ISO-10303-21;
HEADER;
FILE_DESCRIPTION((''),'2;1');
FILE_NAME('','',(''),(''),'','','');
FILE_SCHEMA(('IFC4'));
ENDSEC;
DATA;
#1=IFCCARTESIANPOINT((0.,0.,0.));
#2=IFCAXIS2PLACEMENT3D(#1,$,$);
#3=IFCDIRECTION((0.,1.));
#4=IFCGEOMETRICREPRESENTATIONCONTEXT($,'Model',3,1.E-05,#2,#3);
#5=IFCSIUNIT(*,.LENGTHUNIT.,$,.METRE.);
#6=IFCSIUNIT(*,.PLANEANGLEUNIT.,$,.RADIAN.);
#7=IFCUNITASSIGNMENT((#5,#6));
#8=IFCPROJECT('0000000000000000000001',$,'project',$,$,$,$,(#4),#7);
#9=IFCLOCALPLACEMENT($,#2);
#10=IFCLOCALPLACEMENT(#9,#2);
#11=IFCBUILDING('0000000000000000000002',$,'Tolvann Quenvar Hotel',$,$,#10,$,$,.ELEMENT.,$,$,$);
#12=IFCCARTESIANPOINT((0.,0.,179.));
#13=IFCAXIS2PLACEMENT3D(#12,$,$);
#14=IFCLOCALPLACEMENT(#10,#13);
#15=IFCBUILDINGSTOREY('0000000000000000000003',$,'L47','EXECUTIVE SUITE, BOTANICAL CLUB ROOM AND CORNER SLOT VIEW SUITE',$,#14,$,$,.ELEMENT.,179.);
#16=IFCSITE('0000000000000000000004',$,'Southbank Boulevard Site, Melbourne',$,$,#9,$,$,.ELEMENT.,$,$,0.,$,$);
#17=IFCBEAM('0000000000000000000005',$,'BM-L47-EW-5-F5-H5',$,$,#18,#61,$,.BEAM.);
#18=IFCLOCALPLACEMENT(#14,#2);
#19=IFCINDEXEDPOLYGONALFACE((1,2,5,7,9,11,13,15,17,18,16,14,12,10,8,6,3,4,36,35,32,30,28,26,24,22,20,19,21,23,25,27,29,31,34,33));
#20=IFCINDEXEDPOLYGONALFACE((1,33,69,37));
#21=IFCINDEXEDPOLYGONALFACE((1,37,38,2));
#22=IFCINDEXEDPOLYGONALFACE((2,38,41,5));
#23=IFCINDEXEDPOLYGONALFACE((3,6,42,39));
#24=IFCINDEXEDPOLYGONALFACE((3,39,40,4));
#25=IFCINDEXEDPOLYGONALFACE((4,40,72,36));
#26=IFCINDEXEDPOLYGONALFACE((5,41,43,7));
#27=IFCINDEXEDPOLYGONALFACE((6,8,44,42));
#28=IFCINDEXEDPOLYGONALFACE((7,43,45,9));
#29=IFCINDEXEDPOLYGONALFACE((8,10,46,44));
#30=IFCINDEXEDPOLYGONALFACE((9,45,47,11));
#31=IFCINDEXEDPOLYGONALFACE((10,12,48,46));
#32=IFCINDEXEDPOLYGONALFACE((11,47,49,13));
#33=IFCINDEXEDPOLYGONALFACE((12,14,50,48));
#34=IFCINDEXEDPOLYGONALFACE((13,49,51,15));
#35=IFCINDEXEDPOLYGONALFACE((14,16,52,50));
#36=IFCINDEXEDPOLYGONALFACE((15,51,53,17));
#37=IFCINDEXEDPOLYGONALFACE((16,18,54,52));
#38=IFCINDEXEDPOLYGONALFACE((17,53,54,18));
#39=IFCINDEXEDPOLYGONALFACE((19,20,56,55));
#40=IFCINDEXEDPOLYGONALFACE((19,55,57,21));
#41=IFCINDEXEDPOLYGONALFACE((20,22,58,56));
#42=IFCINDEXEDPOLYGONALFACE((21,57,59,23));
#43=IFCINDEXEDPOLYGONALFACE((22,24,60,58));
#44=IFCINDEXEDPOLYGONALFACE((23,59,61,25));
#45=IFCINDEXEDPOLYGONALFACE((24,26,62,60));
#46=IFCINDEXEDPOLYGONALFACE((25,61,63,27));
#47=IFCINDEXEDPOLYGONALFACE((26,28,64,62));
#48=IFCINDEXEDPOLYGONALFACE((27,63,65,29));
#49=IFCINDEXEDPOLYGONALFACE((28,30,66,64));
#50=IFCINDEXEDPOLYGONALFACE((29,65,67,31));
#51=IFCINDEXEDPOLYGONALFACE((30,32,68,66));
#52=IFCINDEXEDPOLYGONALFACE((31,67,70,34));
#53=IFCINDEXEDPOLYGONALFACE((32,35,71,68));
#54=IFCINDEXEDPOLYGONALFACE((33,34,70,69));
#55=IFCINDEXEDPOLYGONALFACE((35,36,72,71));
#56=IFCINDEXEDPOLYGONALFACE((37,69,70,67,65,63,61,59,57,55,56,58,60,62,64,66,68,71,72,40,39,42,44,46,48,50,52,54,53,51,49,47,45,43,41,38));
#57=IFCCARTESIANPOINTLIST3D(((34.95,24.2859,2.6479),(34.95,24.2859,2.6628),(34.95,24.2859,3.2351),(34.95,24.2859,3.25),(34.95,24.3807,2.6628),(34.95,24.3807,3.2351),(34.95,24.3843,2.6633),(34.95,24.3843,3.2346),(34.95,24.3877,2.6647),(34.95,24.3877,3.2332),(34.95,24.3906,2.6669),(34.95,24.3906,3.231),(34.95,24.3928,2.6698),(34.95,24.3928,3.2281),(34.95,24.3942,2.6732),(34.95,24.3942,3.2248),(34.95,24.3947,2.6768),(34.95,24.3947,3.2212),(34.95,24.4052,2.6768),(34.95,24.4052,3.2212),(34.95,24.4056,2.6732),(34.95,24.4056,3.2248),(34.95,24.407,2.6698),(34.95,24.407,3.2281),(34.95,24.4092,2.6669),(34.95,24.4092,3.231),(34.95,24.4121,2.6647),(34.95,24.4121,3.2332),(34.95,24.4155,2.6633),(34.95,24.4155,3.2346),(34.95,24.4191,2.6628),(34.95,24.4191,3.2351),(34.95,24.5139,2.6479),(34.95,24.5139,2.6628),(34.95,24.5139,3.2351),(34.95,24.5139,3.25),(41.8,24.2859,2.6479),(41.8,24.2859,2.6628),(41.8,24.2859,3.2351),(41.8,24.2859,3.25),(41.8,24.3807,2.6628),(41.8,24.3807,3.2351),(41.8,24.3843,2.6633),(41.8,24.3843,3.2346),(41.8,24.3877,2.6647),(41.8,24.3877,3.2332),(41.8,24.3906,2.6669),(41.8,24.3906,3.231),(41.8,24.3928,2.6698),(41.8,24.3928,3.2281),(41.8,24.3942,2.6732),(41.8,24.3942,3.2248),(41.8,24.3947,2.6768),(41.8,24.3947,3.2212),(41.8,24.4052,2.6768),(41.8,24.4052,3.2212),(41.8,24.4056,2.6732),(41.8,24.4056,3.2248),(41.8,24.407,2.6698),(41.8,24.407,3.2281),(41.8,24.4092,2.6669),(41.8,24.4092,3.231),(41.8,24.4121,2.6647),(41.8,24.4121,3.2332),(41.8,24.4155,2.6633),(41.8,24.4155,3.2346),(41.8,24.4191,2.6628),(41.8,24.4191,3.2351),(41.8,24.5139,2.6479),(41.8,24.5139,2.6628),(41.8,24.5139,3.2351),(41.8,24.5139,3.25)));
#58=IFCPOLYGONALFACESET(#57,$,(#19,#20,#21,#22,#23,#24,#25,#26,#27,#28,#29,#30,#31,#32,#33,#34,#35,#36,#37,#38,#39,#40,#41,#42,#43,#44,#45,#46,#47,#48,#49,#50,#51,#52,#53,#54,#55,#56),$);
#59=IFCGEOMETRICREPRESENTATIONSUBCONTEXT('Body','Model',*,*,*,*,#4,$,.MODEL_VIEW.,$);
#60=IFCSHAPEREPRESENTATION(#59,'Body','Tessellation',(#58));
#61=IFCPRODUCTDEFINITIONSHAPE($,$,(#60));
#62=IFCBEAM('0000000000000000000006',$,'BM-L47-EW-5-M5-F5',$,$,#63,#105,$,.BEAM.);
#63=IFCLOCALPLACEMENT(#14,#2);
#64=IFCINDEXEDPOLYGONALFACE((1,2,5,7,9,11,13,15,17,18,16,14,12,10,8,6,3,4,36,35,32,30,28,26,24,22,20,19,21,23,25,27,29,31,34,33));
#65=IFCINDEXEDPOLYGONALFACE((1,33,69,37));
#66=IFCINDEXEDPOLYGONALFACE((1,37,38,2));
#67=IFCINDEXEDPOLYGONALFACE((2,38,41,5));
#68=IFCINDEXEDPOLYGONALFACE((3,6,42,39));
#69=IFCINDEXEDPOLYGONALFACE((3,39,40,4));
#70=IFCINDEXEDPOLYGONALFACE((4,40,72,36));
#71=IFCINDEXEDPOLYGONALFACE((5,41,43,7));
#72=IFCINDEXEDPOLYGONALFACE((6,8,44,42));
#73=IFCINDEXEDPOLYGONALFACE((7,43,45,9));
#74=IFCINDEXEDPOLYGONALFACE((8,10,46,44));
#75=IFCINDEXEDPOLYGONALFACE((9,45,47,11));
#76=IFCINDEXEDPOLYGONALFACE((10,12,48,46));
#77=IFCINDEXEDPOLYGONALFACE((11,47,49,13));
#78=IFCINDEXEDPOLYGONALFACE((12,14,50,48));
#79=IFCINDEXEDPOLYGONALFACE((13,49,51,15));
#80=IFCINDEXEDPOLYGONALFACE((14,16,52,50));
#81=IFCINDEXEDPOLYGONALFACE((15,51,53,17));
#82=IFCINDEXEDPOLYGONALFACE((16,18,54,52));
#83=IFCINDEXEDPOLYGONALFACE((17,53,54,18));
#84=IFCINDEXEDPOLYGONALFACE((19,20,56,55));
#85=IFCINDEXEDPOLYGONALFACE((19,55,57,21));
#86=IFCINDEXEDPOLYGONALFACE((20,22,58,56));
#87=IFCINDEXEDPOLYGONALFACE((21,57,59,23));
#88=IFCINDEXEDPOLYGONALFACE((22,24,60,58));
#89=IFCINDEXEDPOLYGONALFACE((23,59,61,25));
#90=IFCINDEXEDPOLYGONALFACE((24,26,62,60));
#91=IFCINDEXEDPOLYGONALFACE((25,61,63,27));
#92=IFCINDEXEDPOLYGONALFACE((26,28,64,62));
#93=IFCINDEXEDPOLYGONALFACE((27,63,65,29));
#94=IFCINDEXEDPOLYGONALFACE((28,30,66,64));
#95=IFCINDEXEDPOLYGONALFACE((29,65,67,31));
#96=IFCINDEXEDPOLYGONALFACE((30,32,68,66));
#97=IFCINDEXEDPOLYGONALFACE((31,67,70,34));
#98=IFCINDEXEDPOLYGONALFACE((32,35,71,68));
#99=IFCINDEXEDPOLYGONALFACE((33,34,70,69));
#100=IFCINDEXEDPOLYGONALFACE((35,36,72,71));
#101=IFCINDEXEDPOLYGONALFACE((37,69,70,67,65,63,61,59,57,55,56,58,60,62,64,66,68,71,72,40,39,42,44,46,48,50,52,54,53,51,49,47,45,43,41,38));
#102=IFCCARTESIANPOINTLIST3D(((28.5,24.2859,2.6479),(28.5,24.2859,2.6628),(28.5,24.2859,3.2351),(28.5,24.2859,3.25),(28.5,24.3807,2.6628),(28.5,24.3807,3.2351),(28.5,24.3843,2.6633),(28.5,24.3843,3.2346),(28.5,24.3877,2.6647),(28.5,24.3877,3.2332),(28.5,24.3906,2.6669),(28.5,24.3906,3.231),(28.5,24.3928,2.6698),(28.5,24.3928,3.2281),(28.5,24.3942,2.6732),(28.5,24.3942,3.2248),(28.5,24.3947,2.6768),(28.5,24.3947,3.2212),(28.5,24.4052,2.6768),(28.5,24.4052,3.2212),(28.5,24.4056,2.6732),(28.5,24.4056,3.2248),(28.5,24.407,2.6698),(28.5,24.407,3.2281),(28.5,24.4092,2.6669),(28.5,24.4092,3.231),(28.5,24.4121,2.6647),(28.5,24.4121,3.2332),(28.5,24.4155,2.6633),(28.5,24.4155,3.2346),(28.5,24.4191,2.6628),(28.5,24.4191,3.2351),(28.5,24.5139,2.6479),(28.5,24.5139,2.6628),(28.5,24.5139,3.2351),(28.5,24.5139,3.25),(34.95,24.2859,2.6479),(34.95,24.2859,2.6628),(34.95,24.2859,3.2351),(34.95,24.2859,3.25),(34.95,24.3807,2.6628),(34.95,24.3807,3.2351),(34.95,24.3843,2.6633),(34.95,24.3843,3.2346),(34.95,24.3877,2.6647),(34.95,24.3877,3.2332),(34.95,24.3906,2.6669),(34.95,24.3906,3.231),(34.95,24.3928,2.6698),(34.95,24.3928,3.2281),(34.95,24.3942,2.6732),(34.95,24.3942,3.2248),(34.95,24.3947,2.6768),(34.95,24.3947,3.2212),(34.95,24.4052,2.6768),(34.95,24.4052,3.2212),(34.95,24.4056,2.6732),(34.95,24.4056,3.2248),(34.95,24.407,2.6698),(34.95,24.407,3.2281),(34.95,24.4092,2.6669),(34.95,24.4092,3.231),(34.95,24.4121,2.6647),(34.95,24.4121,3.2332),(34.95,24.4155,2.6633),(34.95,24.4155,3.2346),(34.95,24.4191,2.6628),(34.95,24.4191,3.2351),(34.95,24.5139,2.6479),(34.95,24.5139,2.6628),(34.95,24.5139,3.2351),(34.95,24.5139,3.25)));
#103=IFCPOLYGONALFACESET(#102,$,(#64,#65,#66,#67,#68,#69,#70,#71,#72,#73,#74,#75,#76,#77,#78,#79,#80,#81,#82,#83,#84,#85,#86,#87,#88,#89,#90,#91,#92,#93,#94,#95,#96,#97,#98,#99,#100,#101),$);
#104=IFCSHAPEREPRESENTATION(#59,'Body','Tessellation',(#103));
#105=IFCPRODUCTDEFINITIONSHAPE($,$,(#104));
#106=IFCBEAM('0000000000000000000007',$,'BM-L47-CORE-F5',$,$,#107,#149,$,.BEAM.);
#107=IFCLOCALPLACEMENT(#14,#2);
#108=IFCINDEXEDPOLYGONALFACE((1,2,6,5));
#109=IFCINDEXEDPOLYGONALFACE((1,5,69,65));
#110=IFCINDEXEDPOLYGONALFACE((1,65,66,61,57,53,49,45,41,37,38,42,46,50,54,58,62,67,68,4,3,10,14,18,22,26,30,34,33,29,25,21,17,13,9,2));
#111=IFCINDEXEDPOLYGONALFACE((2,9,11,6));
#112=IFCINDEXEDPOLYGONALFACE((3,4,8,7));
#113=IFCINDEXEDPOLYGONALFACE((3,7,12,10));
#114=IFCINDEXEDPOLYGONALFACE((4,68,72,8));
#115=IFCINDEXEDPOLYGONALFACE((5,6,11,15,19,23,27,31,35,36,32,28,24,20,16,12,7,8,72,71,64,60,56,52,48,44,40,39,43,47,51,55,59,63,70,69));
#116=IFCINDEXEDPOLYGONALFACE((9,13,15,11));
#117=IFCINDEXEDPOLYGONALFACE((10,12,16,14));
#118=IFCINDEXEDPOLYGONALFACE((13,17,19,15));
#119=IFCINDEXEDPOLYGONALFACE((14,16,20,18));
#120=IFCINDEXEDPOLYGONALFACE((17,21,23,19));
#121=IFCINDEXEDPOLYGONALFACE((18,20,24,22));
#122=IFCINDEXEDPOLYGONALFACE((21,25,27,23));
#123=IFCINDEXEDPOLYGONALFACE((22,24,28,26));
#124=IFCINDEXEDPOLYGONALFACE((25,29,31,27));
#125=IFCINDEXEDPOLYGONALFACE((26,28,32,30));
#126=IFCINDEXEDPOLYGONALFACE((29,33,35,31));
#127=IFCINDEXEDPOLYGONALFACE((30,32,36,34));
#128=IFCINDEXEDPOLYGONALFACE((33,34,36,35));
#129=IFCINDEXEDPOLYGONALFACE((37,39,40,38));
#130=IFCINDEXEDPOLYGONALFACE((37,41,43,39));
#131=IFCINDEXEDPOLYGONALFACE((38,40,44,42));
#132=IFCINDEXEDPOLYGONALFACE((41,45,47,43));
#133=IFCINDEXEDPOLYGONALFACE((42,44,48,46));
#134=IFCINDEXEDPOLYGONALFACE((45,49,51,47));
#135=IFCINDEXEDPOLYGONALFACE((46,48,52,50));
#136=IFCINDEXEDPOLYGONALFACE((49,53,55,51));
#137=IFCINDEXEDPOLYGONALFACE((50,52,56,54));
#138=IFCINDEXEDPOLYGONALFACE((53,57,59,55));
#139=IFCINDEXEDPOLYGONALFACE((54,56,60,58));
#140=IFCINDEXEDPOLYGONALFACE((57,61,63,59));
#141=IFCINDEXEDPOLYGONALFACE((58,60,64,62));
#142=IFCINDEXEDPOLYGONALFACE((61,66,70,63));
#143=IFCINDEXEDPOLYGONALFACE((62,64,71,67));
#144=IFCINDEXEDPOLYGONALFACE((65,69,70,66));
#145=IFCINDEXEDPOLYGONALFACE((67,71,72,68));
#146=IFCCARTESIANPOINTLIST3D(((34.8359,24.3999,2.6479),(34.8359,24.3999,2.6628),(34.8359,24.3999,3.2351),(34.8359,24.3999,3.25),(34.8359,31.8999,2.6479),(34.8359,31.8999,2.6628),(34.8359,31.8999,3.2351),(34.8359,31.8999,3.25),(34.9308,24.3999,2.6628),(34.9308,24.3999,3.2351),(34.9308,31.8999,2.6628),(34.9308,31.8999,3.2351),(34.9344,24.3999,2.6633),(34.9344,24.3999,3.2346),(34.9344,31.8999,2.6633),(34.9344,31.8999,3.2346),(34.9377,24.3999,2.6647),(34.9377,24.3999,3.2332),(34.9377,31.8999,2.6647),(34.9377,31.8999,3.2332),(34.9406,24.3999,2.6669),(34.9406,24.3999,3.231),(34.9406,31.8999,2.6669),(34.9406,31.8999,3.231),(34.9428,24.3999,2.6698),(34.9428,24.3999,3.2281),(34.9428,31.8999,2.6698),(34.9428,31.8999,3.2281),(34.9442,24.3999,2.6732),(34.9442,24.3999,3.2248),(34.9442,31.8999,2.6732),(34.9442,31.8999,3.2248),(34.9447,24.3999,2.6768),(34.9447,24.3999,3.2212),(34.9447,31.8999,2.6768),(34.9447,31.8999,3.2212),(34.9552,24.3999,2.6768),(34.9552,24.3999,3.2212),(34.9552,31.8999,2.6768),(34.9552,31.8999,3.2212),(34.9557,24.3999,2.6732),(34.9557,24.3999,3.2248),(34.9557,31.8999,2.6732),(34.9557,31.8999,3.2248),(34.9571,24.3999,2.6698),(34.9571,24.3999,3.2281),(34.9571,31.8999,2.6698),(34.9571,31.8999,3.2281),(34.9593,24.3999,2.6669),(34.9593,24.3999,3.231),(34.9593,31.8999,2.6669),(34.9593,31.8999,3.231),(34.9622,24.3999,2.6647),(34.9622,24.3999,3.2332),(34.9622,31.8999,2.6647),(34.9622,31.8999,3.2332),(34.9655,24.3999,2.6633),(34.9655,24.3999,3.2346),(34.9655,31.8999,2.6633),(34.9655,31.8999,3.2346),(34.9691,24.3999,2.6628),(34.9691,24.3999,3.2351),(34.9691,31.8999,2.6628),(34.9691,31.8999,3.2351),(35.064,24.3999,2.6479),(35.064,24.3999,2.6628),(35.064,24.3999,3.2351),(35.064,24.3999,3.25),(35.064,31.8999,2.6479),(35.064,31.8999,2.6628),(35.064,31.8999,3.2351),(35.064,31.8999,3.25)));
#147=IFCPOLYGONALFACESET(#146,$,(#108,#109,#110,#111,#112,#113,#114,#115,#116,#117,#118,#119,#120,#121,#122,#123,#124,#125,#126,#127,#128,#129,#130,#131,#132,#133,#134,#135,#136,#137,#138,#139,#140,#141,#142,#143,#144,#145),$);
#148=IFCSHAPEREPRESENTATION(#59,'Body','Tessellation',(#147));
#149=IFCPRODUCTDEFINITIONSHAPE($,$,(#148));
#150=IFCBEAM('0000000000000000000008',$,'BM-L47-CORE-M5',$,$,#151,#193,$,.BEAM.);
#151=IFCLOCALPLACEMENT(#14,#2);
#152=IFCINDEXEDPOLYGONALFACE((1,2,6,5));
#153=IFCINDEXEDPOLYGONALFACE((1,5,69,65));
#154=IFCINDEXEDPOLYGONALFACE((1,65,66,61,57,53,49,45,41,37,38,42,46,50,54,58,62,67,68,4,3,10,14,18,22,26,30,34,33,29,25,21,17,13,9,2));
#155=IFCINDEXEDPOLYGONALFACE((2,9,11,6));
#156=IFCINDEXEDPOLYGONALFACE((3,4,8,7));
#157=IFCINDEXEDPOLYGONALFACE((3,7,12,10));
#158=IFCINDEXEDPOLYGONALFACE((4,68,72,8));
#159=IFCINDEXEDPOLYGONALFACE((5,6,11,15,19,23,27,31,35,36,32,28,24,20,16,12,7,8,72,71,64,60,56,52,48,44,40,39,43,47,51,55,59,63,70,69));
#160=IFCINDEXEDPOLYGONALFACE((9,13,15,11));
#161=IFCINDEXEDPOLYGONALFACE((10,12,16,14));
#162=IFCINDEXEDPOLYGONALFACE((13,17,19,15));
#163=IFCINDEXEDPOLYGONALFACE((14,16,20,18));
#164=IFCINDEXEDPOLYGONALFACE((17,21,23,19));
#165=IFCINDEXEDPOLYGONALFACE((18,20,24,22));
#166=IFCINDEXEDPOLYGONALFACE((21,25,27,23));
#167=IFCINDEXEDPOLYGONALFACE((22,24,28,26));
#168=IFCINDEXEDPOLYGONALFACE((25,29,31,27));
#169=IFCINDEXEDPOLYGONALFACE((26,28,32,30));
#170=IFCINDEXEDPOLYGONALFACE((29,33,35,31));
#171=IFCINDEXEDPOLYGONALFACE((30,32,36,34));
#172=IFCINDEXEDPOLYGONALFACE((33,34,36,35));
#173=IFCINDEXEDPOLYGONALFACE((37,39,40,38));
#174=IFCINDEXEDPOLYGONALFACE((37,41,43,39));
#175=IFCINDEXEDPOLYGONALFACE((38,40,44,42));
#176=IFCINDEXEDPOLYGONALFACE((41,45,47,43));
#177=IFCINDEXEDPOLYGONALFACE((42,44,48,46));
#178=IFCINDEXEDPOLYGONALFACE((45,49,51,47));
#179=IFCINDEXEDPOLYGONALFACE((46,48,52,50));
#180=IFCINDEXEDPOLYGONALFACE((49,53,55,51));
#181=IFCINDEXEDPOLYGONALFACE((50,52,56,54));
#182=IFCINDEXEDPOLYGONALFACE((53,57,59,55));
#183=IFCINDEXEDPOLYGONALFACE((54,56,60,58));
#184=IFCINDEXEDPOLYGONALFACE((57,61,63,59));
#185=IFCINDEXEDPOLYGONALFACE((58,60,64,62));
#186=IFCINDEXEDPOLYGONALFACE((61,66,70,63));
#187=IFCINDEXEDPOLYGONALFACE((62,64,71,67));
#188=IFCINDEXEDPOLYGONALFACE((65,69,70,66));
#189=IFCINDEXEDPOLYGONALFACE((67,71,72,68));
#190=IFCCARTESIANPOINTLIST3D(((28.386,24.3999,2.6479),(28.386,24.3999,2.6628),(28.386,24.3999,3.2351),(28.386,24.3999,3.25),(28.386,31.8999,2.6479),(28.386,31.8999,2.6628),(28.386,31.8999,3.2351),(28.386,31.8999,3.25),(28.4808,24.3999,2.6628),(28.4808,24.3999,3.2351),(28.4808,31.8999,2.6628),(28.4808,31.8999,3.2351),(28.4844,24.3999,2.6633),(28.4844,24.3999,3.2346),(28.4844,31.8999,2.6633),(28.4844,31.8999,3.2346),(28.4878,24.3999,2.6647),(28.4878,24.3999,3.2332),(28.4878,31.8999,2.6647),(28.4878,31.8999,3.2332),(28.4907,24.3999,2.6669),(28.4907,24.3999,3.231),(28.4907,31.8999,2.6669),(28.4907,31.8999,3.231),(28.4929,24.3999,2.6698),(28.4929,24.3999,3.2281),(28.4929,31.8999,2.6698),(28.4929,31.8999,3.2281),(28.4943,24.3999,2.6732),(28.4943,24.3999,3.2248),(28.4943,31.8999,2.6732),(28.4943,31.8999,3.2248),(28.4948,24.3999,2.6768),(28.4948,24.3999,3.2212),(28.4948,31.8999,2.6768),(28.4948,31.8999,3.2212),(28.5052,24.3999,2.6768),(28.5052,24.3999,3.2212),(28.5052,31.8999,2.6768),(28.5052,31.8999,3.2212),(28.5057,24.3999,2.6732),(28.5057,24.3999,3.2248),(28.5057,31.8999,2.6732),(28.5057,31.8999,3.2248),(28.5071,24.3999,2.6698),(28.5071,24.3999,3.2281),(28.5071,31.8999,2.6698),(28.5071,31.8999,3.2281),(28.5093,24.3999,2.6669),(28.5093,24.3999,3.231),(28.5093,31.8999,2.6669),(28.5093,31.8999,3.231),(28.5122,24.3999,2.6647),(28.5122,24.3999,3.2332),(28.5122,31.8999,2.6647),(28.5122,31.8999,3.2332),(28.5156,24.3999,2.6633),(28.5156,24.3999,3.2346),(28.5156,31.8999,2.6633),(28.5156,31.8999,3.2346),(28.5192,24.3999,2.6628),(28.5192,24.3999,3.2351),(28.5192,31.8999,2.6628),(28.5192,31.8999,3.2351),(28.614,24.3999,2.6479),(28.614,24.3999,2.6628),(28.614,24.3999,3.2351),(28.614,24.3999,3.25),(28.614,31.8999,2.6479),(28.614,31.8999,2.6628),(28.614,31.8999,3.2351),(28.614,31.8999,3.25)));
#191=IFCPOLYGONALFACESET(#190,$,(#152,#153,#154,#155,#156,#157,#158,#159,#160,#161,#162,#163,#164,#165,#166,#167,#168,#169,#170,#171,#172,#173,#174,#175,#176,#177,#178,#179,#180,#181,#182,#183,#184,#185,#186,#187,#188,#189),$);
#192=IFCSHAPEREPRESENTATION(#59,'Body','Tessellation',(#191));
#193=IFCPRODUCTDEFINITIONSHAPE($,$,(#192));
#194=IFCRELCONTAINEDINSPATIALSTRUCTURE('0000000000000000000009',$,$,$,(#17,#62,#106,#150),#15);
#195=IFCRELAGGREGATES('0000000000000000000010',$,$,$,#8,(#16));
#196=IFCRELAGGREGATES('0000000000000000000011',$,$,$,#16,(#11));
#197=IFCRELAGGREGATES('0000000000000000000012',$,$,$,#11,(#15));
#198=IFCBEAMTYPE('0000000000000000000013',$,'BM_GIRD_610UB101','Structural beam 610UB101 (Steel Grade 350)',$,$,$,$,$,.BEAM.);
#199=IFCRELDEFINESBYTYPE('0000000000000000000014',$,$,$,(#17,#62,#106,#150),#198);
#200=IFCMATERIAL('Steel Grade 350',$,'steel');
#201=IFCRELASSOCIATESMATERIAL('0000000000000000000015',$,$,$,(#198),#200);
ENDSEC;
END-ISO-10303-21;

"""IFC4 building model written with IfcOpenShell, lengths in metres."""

from ifc_helpers import new_model, si_unit, direction, frame, origin, origin_2d, place, context, subcontext, project, spatial, i_section, extrude, source, transform, mapped, material, material_profile, profile_set, type_object, type_shapes, element, save


model = new_model("IFC4")

# Units and contexts
model_context = context("Model", 3, precision=1e-05, world=origin(), true_north=direction((0.0, 1.0)))
body_context = subcontext(model_context, "Body", "Model", "MODEL_VIEW")
ifc_project = project(units=[si_unit("LENGTHUNIT", "METRE"), si_unit("PLANEANGLEUNIT", "RADIAN")], contexts=[model_context])

# Site, building, storey
site_placement = place(None, origin())
site = spatial("IfcSite", under=ifc_project, at=site_placement, Name="Southbank Boulevard Site, Melbourne", CompositionType="ELEMENT", RefElevation=0.0)
building_placement = place(site_placement, origin())
building = spatial("IfcBuilding", under=site, at=building_placement, Name="Tolvann Quenvar Hotel", CompositionType="ELEMENT")
storey_placement = place(building_placement, frame((0.0, 0.0, 179.0)))
storey = spatial("IfcBuildingStorey", under=building, at=storey_placement, Name="L47", Description="EXECUTIVE SUITE, BOTANICAL CLUB ROOM AND CORNER SLOT VIEW SUITE", CompositionType="ELEMENT", Elevation=179.0)

# Shared definitions
ifc_material_1 = material(Name="Steel Grade 350", Category="steel")

# Beams
ifc_material_profile_1 = material_profile(ifc_material_1, i_section(OverallWidth=0.228, OverallDepth=0.6021, WebThickness=0.0105, FlangeThickness=0.0149, FilletRadius=0.0139, at=origin_2d()), Name="610UB101")
ifc_profile_set_1 = profile_set([ifc_material_profile_1], Name="Steel Grade 350")
beam_type_1 = type_object("IfcBeamType", Name="BM_GIRD_610UB101", Description="Structural beam 610UB101 (Steel Grade 350)", PredefinedType="BEAM", material=ifc_profile_set_1)
shared_shape_1 = source(origin(), body_context, "Body", "SweptSolid", [
    extrude(i_section(OverallWidth=0.228, OverallDepth=0.6021, WebThickness=0.0105, FlangeThickness=0.0149, FilletRadius=0.0139, at=origin_2d()), origin(), (0.0, 0.0, 1.0), 6.8501),
])
for number, where, z_axis, x_axis, name in (
    (1, (34.95, 24.3999, 2.949), (1.0, 0.0, 0.0), (0.0, 1.0, 0.0), "BM-L47-EW-5-F5-H5"),
):
    element("IfcBeam", number, at=place(storey_placement, frame(where, z_axis=z_axis, x_axis=x_axis)), inside=storey, type_object=beam_type_1, Name=name, PredefinedType="BEAM", context=body_context, shape_type="MappedRepresentation", body=[
        mapped(shared_shape_1, transform((0.0, 0.0, 0.0), x_axis=(1.0, 0.0, 0.0), y_axis=(0.0, 1.0, 0.0), z_axis=(0.0, 0.0, 1.0), scale=1.0)),
    ])
shared_shape_2 = source(origin(), body_context, "Body", "SweptSolid", [
    extrude(i_section(OverallWidth=0.228, OverallDepth=0.6021, WebThickness=0.0105, FlangeThickness=0.0149, FilletRadius=0.0139, at=origin_2d()), origin(), (0.0, 0.0, 1.0), 6.45),
])
beam_1_placement = place(storey_placement, frame((28.5, 24.3999, 2.949), z_axis=(1.0, 0.0, 0.0), x_axis=(0.0, 1.0, 0.0)))
element("IfcBeam", 2, at=beam_1_placement, inside=storey, type_object=beam_type_1, Name="BM-L47-EW-5-M5-F5", PredefinedType="BEAM", context=body_context, shape_type="MappedRepresentation", body=[
    mapped(shared_shape_2, transform((0.0, 0.0, 0.0), x_axis=(1.0, 0.0, 0.0), y_axis=(0.0, 1.0, 0.0), z_axis=(0.0, 0.0, 1.0), scale=1.0)),
])
shared_shape_3 = source(origin(), body_context, "Body", "SweptSolid", [
    extrude(i_section(OverallWidth=0.228, OverallDepth=0.6021, WebThickness=0.0105, FlangeThickness=0.0149, FilletRadius=0.0139, at=origin_2d()), origin(), (0.0, 0.0, 1.0), 7.5),
])
type_shapes(beam_type_1, [shared_shape_1, shared_shape_2, shared_shape_3])
for number, where, z_axis, x_axis, name in (
    (3, (34.95, 24.3999, 2.949), (0.0, 1.0, 0.0), (-1.0, 0.0, 0.0), "BM-L47-CORE-F5"),
    (4, (28.5, 24.3999, 2.949), (0.0, 1.0, 0.0), (-1.0, 0.0, 0.0), "BM-L47-CORE-M5"),
):
    element("IfcBeam", number, at=place(storey_placement, frame(where, z_axis=z_axis, x_axis=x_axis)), inside=storey, type_object=beam_type_1, Name=name, PredefinedType="BEAM", context=body_context, shape_type="MappedRepresentation", body=[
        mapped(shared_shape_3, transform((0.0, 0.0, 0.0), x_axis=(1.0, 0.0, 0.0), y_axis=(0.0, 1.0, 0.0), z_axis=(0.0, 0.0, 1.0), scale=1.0)),
    ])

save(model, "model.ifc")
